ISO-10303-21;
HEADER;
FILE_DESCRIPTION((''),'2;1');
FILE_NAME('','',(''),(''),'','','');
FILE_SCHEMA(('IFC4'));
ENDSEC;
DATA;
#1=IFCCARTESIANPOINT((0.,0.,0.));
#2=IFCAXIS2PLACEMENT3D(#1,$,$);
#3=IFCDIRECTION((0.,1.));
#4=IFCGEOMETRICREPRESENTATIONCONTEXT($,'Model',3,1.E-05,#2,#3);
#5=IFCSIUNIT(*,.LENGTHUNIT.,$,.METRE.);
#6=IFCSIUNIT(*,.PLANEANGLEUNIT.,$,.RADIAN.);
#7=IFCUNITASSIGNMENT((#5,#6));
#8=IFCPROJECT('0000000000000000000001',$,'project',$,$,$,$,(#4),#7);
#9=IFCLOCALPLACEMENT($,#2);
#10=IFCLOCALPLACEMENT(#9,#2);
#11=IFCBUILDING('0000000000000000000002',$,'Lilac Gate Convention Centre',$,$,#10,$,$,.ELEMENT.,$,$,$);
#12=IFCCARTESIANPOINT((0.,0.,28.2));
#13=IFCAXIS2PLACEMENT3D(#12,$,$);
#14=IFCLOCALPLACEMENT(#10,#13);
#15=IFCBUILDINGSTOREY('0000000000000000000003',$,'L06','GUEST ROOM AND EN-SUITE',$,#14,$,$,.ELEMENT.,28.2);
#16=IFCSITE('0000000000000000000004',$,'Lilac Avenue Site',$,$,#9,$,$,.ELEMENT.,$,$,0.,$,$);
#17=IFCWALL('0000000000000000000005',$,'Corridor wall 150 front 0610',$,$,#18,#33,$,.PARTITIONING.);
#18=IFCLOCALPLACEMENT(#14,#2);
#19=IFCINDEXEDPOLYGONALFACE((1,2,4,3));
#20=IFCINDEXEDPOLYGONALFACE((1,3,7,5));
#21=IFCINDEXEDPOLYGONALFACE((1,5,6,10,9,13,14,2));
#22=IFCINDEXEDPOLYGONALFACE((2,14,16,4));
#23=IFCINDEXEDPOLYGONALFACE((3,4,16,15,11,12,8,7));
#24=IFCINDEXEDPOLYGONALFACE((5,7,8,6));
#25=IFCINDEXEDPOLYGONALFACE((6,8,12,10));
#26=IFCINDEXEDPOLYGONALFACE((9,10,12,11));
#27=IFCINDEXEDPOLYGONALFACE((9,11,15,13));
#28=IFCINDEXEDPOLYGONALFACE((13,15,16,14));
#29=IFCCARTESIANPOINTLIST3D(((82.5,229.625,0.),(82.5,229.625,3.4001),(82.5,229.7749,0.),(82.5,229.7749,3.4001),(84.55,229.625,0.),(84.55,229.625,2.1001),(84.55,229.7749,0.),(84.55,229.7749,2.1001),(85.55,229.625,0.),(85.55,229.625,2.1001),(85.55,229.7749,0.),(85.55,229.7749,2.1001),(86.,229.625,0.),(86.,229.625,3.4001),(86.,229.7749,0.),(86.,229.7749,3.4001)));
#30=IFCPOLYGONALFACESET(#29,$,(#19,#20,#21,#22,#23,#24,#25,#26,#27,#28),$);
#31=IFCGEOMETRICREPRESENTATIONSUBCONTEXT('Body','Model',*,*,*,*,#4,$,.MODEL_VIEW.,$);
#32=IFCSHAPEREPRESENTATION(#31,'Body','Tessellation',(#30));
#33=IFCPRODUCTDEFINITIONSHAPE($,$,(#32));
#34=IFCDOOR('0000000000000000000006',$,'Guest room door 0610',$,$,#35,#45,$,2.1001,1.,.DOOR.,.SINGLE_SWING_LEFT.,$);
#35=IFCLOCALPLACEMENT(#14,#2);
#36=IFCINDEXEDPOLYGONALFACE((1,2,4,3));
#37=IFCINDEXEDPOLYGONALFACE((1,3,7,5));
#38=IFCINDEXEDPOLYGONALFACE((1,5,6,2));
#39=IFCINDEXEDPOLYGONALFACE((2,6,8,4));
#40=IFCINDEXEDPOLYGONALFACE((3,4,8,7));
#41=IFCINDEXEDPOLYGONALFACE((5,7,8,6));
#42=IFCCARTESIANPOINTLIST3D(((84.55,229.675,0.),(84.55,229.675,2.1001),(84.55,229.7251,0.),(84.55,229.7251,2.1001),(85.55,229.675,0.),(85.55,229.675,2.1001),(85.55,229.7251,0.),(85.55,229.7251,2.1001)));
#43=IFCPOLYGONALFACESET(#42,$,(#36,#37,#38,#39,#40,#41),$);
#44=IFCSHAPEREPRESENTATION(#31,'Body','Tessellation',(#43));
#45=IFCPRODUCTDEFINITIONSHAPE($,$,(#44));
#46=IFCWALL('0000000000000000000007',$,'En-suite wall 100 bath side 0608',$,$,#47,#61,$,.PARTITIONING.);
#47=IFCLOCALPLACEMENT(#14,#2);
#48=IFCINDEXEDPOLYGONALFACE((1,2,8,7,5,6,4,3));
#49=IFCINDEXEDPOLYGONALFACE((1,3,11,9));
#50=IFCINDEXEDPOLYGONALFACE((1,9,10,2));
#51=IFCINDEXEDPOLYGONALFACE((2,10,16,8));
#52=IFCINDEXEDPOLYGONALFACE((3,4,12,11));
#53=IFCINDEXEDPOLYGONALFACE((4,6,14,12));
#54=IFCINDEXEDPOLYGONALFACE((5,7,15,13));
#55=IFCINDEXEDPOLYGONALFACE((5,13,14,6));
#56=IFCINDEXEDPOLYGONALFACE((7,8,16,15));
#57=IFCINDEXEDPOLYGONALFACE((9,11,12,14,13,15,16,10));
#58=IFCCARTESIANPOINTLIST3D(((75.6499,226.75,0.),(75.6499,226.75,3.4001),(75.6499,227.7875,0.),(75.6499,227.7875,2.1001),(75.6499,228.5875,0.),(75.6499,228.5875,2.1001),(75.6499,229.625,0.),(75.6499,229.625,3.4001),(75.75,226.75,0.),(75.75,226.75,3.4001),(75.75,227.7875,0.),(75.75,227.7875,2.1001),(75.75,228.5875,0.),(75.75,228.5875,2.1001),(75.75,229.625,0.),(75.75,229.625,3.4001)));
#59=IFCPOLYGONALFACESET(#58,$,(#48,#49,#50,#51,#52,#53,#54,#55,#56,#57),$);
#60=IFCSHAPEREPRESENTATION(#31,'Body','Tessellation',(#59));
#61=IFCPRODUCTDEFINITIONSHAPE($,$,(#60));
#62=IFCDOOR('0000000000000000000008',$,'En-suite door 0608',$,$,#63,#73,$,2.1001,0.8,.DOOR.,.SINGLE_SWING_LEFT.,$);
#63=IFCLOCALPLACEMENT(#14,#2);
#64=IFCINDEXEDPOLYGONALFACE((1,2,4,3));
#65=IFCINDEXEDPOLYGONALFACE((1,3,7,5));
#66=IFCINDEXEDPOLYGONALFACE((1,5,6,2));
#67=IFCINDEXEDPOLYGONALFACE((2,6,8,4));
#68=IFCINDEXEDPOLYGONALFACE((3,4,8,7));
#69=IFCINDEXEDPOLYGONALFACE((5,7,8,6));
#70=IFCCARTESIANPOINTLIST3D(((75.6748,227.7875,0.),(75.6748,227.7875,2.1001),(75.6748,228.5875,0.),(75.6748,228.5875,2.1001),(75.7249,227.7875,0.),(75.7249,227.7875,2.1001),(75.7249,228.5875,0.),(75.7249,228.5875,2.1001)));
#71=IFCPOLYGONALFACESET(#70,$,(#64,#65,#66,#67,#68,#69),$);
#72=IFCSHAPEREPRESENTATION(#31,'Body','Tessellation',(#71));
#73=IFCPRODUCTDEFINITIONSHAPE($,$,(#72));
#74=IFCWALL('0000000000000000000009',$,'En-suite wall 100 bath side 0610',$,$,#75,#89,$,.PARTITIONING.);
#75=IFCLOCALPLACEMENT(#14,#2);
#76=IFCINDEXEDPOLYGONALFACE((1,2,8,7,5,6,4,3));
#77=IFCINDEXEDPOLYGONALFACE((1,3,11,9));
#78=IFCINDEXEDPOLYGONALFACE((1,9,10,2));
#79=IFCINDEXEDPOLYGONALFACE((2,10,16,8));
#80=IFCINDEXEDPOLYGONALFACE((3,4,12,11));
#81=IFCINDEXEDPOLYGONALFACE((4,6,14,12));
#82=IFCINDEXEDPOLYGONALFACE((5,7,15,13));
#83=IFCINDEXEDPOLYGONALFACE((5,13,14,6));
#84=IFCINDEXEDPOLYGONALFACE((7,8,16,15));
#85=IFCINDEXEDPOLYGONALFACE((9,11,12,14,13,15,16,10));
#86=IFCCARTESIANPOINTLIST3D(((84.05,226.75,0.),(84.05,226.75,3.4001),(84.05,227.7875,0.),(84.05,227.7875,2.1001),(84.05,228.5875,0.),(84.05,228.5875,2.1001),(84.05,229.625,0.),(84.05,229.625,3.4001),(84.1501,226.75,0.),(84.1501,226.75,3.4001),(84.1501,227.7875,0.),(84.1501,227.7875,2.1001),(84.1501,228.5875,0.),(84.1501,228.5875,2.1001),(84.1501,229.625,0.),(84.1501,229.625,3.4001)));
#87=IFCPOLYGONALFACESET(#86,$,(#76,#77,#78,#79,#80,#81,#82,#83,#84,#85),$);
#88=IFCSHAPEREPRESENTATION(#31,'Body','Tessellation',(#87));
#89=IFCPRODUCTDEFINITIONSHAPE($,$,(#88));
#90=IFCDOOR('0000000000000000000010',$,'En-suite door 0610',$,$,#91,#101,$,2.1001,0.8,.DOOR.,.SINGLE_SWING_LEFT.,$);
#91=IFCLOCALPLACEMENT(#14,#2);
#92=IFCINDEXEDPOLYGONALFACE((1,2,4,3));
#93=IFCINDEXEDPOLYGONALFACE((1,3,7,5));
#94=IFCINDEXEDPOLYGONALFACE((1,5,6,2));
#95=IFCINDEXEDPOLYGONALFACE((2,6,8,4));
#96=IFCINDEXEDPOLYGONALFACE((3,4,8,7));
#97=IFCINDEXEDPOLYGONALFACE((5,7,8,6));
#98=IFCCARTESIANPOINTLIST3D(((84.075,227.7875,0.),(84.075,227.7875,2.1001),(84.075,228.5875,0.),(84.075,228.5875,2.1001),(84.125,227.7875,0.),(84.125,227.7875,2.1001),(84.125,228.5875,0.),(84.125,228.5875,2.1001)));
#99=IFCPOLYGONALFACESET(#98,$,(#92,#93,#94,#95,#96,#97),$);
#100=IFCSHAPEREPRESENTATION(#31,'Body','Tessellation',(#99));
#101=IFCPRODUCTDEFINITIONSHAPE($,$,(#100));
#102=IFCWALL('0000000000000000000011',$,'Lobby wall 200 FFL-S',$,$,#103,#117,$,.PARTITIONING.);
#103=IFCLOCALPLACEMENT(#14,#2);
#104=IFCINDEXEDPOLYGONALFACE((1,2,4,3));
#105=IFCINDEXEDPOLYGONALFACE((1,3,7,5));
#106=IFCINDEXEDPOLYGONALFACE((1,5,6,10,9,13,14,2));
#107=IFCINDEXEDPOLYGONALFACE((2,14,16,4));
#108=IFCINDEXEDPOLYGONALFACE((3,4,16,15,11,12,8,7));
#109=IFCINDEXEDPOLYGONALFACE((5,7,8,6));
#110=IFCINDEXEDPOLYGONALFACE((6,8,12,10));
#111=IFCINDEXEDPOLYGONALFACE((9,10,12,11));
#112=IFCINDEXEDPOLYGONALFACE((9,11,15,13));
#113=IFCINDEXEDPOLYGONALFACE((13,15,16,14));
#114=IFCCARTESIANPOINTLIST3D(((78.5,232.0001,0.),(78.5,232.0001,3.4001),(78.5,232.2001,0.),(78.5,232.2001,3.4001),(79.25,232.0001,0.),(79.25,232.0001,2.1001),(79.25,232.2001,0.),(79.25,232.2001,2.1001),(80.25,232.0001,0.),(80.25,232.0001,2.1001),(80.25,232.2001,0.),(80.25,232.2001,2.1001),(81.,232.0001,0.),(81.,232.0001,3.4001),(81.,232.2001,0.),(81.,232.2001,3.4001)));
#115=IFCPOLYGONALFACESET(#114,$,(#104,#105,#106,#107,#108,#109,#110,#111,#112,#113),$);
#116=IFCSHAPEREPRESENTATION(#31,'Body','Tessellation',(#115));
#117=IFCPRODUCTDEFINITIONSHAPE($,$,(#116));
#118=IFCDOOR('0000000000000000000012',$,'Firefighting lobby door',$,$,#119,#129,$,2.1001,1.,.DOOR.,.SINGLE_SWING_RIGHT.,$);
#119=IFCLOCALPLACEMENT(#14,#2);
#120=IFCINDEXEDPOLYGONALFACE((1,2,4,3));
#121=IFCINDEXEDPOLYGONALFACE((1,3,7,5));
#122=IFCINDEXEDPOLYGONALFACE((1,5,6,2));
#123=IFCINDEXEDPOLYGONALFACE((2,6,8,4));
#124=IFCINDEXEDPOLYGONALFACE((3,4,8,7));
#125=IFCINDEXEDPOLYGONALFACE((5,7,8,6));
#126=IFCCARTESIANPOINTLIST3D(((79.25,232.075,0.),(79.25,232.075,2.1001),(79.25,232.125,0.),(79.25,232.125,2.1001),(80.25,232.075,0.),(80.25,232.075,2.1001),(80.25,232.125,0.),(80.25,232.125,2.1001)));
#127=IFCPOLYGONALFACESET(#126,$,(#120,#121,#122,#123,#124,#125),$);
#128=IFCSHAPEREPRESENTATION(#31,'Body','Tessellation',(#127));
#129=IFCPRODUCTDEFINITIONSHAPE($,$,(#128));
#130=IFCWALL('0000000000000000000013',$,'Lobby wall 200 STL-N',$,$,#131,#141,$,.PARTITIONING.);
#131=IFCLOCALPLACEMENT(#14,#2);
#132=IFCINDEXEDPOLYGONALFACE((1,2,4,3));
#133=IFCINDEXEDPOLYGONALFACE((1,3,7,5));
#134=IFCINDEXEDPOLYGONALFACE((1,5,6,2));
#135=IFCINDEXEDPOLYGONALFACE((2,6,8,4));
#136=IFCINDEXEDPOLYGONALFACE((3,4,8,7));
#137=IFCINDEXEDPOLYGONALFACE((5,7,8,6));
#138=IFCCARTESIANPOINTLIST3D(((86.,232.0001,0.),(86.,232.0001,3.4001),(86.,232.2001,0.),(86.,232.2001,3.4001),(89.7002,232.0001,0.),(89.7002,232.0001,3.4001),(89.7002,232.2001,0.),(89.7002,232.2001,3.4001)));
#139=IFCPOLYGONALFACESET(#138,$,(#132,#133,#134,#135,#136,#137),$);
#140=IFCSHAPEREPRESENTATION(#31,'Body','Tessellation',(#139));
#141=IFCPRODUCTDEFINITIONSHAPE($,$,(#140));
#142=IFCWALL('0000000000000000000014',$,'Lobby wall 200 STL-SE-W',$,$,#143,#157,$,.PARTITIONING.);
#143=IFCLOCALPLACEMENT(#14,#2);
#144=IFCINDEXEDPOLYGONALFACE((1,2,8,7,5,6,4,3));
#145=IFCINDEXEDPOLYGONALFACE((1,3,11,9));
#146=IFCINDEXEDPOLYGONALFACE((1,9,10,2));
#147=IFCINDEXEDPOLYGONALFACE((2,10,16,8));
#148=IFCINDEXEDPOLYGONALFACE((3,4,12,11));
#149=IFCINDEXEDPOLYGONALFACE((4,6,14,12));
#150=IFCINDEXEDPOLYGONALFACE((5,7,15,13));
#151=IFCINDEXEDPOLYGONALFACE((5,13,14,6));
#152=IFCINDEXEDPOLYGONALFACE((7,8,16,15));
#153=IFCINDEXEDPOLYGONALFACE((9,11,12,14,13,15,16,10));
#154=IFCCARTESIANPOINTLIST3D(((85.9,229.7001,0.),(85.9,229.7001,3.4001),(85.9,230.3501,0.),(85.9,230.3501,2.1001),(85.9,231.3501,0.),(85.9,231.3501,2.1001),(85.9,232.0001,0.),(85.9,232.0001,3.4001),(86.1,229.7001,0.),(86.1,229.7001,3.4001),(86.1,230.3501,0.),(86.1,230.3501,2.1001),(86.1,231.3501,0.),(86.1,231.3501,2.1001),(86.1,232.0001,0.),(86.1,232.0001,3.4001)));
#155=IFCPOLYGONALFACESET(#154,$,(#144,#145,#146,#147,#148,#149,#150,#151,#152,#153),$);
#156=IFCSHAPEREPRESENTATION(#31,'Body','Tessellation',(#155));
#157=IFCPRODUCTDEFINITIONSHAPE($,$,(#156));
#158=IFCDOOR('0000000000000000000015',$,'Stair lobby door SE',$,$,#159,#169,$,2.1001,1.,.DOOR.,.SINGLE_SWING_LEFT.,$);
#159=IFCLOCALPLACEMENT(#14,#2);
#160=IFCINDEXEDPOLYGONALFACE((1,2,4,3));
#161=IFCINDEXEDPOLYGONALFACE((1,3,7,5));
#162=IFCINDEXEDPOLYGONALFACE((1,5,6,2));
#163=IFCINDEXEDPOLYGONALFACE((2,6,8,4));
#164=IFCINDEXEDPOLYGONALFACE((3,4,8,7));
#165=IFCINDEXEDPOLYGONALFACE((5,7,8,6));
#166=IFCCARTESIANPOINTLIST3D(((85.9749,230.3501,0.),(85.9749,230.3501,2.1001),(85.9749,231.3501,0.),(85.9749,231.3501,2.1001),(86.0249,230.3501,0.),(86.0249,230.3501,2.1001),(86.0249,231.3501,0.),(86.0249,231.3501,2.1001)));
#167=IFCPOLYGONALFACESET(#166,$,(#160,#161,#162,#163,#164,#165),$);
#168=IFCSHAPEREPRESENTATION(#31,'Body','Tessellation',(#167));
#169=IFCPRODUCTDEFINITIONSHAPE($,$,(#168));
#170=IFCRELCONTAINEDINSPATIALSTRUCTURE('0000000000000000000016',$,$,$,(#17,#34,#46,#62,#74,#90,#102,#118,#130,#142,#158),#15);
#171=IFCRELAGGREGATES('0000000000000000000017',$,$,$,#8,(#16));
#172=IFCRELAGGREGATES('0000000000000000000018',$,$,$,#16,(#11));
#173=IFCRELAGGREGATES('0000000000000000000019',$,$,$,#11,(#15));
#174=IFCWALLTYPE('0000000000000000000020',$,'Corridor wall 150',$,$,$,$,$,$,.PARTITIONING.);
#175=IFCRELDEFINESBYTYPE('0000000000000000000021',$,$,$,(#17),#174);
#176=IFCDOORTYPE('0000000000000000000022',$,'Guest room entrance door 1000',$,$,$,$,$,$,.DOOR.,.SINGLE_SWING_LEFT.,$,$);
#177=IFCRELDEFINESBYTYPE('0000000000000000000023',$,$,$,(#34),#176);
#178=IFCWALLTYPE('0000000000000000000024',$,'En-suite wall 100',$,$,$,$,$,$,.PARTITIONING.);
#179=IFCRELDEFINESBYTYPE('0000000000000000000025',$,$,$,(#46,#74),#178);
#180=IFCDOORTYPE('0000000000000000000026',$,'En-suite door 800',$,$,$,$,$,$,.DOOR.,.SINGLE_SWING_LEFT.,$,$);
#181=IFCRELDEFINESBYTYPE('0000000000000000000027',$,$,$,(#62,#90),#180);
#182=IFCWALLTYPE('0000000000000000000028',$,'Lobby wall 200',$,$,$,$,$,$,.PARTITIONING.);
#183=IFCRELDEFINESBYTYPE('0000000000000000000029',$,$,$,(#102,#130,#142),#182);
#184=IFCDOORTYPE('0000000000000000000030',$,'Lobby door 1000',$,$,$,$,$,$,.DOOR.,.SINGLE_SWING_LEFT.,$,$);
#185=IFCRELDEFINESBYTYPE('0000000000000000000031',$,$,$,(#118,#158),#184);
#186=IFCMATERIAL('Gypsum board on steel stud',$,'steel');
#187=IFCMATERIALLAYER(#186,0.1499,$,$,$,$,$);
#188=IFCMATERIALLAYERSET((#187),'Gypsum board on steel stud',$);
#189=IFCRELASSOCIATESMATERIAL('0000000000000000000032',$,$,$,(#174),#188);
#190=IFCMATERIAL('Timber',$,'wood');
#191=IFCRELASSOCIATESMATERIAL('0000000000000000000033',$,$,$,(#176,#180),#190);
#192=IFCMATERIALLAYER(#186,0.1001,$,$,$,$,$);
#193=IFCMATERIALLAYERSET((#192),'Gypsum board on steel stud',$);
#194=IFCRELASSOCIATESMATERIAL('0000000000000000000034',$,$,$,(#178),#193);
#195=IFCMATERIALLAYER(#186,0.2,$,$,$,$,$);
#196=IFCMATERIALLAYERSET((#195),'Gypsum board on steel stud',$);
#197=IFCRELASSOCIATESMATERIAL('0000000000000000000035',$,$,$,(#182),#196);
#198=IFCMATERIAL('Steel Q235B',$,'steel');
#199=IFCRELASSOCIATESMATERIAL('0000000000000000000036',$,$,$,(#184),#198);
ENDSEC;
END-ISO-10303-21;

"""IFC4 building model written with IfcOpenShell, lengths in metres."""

from ifc_helpers import new_model, si_unit, direction, frame, frame_2d, origin, place, context, subcontext, project, spatial, rectangle, extrude, material, layer, layer_set, type_object, element, fill, save


model = new_model("IFC4")

# Units and contexts
model_context = context("Model", 3, precision=1e-05, world=origin(), true_north=direction((0.0, 1.0)))
body_context = subcontext(model_context, "Body", "Model", "MODEL_VIEW")
ifc_project = project(units=[si_unit("LENGTHUNIT", "METRE"), si_unit("PLANEANGLEUNIT", "RADIAN")], contexts=[model_context])

# Site, building, storey
site_placement = place(None, origin())
site = spatial("IfcSite", under=ifc_project, at=site_placement, Name="Lilac Avenue Site", CompositionType="ELEMENT", RefElevation=0.0)
building_placement = place(site_placement, origin())
building = spatial("IfcBuilding", under=site, at=building_placement, Name="Lilac Gate Convention Centre", CompositionType="ELEMENT")
storey_placement = place(building_placement, frame((0.0, 0.0, 28.2)))
storey = spatial("IfcBuildingStorey", under=building, at=storey_placement, Name="L06", Description="GUEST ROOM AND EN-SUITE", CompositionType="ELEMENT", Elevation=28.2)

# Shared definitions
ifc_material_1 = material(Name="Steel Q235B", Category="steel")

# Walls, openings, doors
ifc_material_2 = material(Name="Gypsum board on steel stud", Category="steel")
ifc_layer_1 = layer(ifc_material_2, 0.1499)
ifc_layer_set_1 = layer_set([ifc_layer_1], Name="Gypsum board on steel stud")
wall_type_1 = type_object("IfcWallType", Name="Corridor wall 150", PredefinedType="PARTITIONING", material=ifc_layer_set_1)
ifc_material_3 = material(Name="Timber", Category="wood")
door_type_1 = type_object("IfcDoorType", Name="Guest room entrance door 1000", OperationType="SINGLE_SWING_LEFT", PredefinedType="DOOR", material=ifc_material_3)
wall_1_placement = place(storey_placement, frame((86.0, 229.7, 0.0), z_axis=(0.0, 0.0, 1.0), x_axis=(-1.0, 0.0, 0.0)))
wall_1 = element("IfcWall", 1, at=wall_1_placement, inside=storey, type_object=wall_type_1, Name="Corridor wall 150 front 0610", PredefinedType="PARTITIONING", context=body_context, shape_type="SweptSolid", body=[
    extrude(rectangle(XDim=3.5, YDim=0.1499, at=frame_2d((1.75, 0.0))), origin(), (0.0, 0.0, 1.0), 3.4001),
])
opening_1_placement = place(wall_1_placement, frame((0.45, 0.0, 0.0)))
opening_1 = element("IfcOpeningElement", 2, at=opening_1_placement, cuts=wall_1, PredefinedType="OPENING", context=body_context, shape_type="SweptSolid", body=[
    extrude(rectangle(XDim=1.0, YDim=2.1001, at=frame_2d((0.5, 1.05))), frame((0.0, 0.085, 0.0), z_axis=(0.0, -1.0, 0.0), x_axis=(1.0, 0.0, 0.0)), (0.0, 0.0, 1.0), 0.1699),
])
door_1_placement = place(opening_1_placement, origin())
door_1 = element("IfcDoor", 3, at=door_1_placement, inside=storey, type_object=door_type_1, Name="Guest room door 0610", OperationType="SINGLE_SWING_LEFT", OverallHeight=2.1001, OverallWidth=1.0, PredefinedType="DOOR", context=body_context, shape_type="SweptSolid", body=[
    extrude(rectangle(XDim=1.0, YDim=2.1001, at=frame_2d((0.5, 1.05))), frame((0.0, 0.0249, 0.0), z_axis=(0.0, -1.0, 0.0), x_axis=(1.0, 0.0, 0.0)), (0.0, 0.0, 1.0), 0.05),
])
fill(opening_1, door_1)
ifc_layer_2 = layer(ifc_material_2, 0.1001)
ifc_layer_set_2 = layer_set([ifc_layer_2], Name="Gypsum board on steel stud")
wall_type_2 = type_object("IfcWallType", Name="En-suite wall 100", PredefinedType="PARTITIONING", material=ifc_layer_set_2)
wall_2_placement = place(storey_placement, frame((75.7, 229.625, 0.0), z_axis=(0.0, 0.0, 1.0), x_axis=(0.0, -1.0, 0.0)))
wall_2 = element("IfcWall", 4, at=wall_2_placement, inside=storey, type_object=wall_type_2, Name="En-suite wall 100 bath side 0608", PredefinedType="PARTITIONING", context=body_context, shape_type="SweptSolid", body=[
    extrude(rectangle(XDim=2.875, YDim=0.1001, at=frame_2d((1.4375, 0.0))), origin(), (0.0, 0.0, 1.0), 3.4001),
])
opening_2_placement = place(wall_2_placement, frame((1.0376, 0.0, 0.0)))
opening_2 = element("IfcOpeningElement", 5, at=opening_2_placement, cuts=wall_2, PredefinedType="OPENING", context=body_context, shape_type="SweptSolid", body=[
    extrude(rectangle(XDim=0.8, YDim=2.1001, at=frame_2d((0.3999, 1.05))), frame((0.0, 0.0601, 0.0), z_axis=(0.0, -1.0, 0.0), x_axis=(1.0, 0.0, 0.0)), (0.0, 0.0, 1.0), 0.1201),
])
door_type_2 = type_object("IfcDoorType", Name="En-suite door 800", OperationType="SINGLE_SWING_LEFT", PredefinedType="DOOR", material=ifc_material_3)
door_2_placement = place(opening_2_placement, origin())
door_2 = element("IfcDoor", 6, at=door_2_placement, inside=storey, type_object=door_type_2, Name="En-suite door 0608", OperationType="SINGLE_SWING_LEFT", OverallHeight=2.1001, OverallWidth=0.8, PredefinedType="DOOR", context=body_context, shape_type="SweptSolid", body=[
    extrude(rectangle(XDim=0.8, YDim=2.1001, at=frame_2d((0.3999, 1.05))), frame((0.0, 0.0249, 0.0), z_axis=(0.0, -1.0, 0.0), x_axis=(1.0, 0.0, 0.0)), (0.0, 0.0, 1.0), 0.05),
])
fill(opening_2, door_2)
wall_3_placement = place(storey_placement, frame((84.1001, 229.625, 0.0), z_axis=(0.0, 0.0, 1.0), x_axis=(0.0, -1.0, 0.0)))
wall_3 = element("IfcWall", 7, at=wall_3_placement, inside=storey, type_object=wall_type_2, Name="En-suite wall 100 bath side 0610", PredefinedType="PARTITIONING", context=body_context, shape_type="SweptSolid", body=[
    extrude(rectangle(XDim=2.875, YDim=0.1001, at=frame_2d((1.4375, 0.0))), origin(), (0.0, 0.0, 1.0), 3.4001),
])
opening_3_placement = place(wall_3_placement, frame((1.0376, 0.0, 0.0)))
opening_3 = element("IfcOpeningElement", 8, at=opening_3_placement, cuts=wall_3, PredefinedType="OPENING", context=body_context, shape_type="SweptSolid", body=[
    extrude(rectangle(XDim=0.8, YDim=2.1001, at=frame_2d((0.3999, 1.05))), frame((0.0, 0.0601, 0.0), z_axis=(0.0, -1.0, 0.0), x_axis=(1.0, 0.0, 0.0)), (0.0, 0.0, 1.0), 0.1201),
])
door_3_placement = place(opening_3_placement, origin())
door_3 = element("IfcDoor", 9, at=door_3_placement, inside=storey, type_object=door_type_2, Name="En-suite door 0610", OperationType="SINGLE_SWING_LEFT", OverallHeight=2.1001, OverallWidth=0.8, PredefinedType="DOOR", context=body_context, shape_type="SweptSolid", body=[
    extrude(rectangle(XDim=0.8, YDim=2.1001, at=frame_2d((0.3999, 1.05))), frame((0.0, 0.0249, 0.0), z_axis=(0.0, -1.0, 0.0), x_axis=(1.0, 0.0, 0.0)), (0.0, 0.0, 1.0), 0.05),
])
fill(opening_3, door_3)
ifc_layer_3 = layer(ifc_material_2, 0.2)
ifc_layer_set_3 = layer_set([ifc_layer_3], Name="Gypsum board on steel stud")
wall_type_3 = type_object("IfcWallType", Name="Lobby wall 200", PredefinedType="PARTITIONING", material=ifc_layer_set_3)
wall_4_placement = place(storey_placement, frame((78.5, 232.1001, 0.0), z_axis=(0.0, 0.0, 1.0), x_axis=(1.0, 0.0, 0.0)))
wall_4 = element("IfcWall", 10, at=wall_4_placement, inside=storey, type_object=wall_type_3, Name="Lobby wall 200 FFL-S", PredefinedType="PARTITIONING", context=body_context, shape_type="SweptSolid", body=[
    extrude(rectangle(XDim=2.5, YDim=0.2, at=frame_2d((1.25, 0.0))), origin(), (0.0, 0.0, 1.0), 3.4001),
])
opening_4_placement = place(wall_4_placement, frame((0.75, 0.0, 0.0)))
opening_4 = element("IfcOpeningElement", 11, at=opening_4_placement, cuts=wall_4, PredefinedType="OPENING", context=body_context, shape_type="SweptSolid", body=[
    extrude(rectangle(XDim=1.0, YDim=2.1001, at=frame_2d((0.5, 1.05))), frame((0.0, 0.1099, 0.0), z_axis=(0.0, -1.0, 0.0), x_axis=(1.0, 0.0, 0.0)), (0.0, 0.0, 1.0), 0.22),
])
door_type_3 = type_object("IfcDoorType", Name="Lobby door 1000", OperationType="SINGLE_SWING_LEFT", PredefinedType="DOOR", material=ifc_material_1)
door_4_placement = place(opening_4_placement, origin())
door_4 = element("IfcDoor", 12, at=door_4_placement, inside=storey, type_object=door_type_3, Name="Firefighting lobby door", OperationType="SINGLE_SWING_RIGHT", OverallHeight=2.1001, OverallWidth=1.0, PredefinedType="DOOR", context=body_context, shape_type="SweptSolid", body=[
    extrude(rectangle(XDim=1.0, YDim=2.1001, at=frame_2d((0.5, 1.05))), frame((0.0, 0.0249, 0.0), z_axis=(0.0, -1.0, 0.0), x_axis=(1.0, 0.0, 0.0)), (0.0, 0.0, 1.0), 0.05),
])
fill(opening_4, door_4)

# Wall
wall_5_placement = place(storey_placement, frame((86.0, 232.1001, 0.0), z_axis=(0.0, 0.0, 1.0), x_axis=(1.0, 0.0, 0.0)))
element("IfcWall", 13, at=wall_5_placement, inside=storey, type_object=wall_type_3, Name="Lobby wall 200 STL-N", PredefinedType="PARTITIONING", context=body_context, shape_type="SweptSolid", body=[
    extrude(rectangle(XDim=3.7002, YDim=0.2, at=frame_2d((1.8501, 0.0))), origin(), (0.0, 0.0, 1.0), 3.4001),
])

# Wall, opening, door
wall_6_placement = place(storey_placement, frame((86.0, 232.0, 0.0), z_axis=(0.0, 0.0, 1.0), x_axis=(0.0, -1.0, 0.0)))
wall_6 = element("IfcWall", 14, at=wall_6_placement, inside=storey, type_object=wall_type_3, Name="Lobby wall 200 STL-SE-W", PredefinedType="PARTITIONING", context=body_context, shape_type="SweptSolid", body=[
    extrude(rectangle(XDim=2.3, YDim=0.2, at=frame_2d((1.1499, 0.0))), origin(), (0.0, 0.0, 1.0), 3.4001),
])
opening_5_placement = place(wall_6_placement, frame((0.6499, 0.0, 0.0)))
opening_5 = element("IfcOpeningElement", 15, at=opening_5_placement, cuts=wall_6, PredefinedType="OPENING", context=body_context, shape_type="SweptSolid", body=[
    extrude(rectangle(XDim=1.0, YDim=2.1001, at=frame_2d((0.5, 1.05))), frame((0.0, 0.1099, 0.0), z_axis=(0.0, -1.0, 0.0), x_axis=(1.0, 0.0, 0.0)), (0.0, 0.0, 1.0), 0.22),
])
door_5_placement = place(opening_5_placement, origin())
door_5 = element("IfcDoor", 16, at=door_5_placement, inside=storey, type_object=door_type_3, Name="Stair lobby door SE", OperationType="SINGLE_SWING_LEFT", OverallHeight=2.1001, OverallWidth=1.0, PredefinedType="DOOR", context=body_context, shape_type="SweptSolid", body=[
    extrude(rectangle(XDim=1.0, YDim=2.1001, at=frame_2d((0.5, 1.05))), frame((0.0, 0.0249, 0.0), z_axis=(0.0, -1.0, 0.0), x_axis=(1.0, 0.0, 0.0)), (0.0, 0.0, 1.0), 0.05),
])
fill(opening_5, door_5)

save(model, "model.ifc")
